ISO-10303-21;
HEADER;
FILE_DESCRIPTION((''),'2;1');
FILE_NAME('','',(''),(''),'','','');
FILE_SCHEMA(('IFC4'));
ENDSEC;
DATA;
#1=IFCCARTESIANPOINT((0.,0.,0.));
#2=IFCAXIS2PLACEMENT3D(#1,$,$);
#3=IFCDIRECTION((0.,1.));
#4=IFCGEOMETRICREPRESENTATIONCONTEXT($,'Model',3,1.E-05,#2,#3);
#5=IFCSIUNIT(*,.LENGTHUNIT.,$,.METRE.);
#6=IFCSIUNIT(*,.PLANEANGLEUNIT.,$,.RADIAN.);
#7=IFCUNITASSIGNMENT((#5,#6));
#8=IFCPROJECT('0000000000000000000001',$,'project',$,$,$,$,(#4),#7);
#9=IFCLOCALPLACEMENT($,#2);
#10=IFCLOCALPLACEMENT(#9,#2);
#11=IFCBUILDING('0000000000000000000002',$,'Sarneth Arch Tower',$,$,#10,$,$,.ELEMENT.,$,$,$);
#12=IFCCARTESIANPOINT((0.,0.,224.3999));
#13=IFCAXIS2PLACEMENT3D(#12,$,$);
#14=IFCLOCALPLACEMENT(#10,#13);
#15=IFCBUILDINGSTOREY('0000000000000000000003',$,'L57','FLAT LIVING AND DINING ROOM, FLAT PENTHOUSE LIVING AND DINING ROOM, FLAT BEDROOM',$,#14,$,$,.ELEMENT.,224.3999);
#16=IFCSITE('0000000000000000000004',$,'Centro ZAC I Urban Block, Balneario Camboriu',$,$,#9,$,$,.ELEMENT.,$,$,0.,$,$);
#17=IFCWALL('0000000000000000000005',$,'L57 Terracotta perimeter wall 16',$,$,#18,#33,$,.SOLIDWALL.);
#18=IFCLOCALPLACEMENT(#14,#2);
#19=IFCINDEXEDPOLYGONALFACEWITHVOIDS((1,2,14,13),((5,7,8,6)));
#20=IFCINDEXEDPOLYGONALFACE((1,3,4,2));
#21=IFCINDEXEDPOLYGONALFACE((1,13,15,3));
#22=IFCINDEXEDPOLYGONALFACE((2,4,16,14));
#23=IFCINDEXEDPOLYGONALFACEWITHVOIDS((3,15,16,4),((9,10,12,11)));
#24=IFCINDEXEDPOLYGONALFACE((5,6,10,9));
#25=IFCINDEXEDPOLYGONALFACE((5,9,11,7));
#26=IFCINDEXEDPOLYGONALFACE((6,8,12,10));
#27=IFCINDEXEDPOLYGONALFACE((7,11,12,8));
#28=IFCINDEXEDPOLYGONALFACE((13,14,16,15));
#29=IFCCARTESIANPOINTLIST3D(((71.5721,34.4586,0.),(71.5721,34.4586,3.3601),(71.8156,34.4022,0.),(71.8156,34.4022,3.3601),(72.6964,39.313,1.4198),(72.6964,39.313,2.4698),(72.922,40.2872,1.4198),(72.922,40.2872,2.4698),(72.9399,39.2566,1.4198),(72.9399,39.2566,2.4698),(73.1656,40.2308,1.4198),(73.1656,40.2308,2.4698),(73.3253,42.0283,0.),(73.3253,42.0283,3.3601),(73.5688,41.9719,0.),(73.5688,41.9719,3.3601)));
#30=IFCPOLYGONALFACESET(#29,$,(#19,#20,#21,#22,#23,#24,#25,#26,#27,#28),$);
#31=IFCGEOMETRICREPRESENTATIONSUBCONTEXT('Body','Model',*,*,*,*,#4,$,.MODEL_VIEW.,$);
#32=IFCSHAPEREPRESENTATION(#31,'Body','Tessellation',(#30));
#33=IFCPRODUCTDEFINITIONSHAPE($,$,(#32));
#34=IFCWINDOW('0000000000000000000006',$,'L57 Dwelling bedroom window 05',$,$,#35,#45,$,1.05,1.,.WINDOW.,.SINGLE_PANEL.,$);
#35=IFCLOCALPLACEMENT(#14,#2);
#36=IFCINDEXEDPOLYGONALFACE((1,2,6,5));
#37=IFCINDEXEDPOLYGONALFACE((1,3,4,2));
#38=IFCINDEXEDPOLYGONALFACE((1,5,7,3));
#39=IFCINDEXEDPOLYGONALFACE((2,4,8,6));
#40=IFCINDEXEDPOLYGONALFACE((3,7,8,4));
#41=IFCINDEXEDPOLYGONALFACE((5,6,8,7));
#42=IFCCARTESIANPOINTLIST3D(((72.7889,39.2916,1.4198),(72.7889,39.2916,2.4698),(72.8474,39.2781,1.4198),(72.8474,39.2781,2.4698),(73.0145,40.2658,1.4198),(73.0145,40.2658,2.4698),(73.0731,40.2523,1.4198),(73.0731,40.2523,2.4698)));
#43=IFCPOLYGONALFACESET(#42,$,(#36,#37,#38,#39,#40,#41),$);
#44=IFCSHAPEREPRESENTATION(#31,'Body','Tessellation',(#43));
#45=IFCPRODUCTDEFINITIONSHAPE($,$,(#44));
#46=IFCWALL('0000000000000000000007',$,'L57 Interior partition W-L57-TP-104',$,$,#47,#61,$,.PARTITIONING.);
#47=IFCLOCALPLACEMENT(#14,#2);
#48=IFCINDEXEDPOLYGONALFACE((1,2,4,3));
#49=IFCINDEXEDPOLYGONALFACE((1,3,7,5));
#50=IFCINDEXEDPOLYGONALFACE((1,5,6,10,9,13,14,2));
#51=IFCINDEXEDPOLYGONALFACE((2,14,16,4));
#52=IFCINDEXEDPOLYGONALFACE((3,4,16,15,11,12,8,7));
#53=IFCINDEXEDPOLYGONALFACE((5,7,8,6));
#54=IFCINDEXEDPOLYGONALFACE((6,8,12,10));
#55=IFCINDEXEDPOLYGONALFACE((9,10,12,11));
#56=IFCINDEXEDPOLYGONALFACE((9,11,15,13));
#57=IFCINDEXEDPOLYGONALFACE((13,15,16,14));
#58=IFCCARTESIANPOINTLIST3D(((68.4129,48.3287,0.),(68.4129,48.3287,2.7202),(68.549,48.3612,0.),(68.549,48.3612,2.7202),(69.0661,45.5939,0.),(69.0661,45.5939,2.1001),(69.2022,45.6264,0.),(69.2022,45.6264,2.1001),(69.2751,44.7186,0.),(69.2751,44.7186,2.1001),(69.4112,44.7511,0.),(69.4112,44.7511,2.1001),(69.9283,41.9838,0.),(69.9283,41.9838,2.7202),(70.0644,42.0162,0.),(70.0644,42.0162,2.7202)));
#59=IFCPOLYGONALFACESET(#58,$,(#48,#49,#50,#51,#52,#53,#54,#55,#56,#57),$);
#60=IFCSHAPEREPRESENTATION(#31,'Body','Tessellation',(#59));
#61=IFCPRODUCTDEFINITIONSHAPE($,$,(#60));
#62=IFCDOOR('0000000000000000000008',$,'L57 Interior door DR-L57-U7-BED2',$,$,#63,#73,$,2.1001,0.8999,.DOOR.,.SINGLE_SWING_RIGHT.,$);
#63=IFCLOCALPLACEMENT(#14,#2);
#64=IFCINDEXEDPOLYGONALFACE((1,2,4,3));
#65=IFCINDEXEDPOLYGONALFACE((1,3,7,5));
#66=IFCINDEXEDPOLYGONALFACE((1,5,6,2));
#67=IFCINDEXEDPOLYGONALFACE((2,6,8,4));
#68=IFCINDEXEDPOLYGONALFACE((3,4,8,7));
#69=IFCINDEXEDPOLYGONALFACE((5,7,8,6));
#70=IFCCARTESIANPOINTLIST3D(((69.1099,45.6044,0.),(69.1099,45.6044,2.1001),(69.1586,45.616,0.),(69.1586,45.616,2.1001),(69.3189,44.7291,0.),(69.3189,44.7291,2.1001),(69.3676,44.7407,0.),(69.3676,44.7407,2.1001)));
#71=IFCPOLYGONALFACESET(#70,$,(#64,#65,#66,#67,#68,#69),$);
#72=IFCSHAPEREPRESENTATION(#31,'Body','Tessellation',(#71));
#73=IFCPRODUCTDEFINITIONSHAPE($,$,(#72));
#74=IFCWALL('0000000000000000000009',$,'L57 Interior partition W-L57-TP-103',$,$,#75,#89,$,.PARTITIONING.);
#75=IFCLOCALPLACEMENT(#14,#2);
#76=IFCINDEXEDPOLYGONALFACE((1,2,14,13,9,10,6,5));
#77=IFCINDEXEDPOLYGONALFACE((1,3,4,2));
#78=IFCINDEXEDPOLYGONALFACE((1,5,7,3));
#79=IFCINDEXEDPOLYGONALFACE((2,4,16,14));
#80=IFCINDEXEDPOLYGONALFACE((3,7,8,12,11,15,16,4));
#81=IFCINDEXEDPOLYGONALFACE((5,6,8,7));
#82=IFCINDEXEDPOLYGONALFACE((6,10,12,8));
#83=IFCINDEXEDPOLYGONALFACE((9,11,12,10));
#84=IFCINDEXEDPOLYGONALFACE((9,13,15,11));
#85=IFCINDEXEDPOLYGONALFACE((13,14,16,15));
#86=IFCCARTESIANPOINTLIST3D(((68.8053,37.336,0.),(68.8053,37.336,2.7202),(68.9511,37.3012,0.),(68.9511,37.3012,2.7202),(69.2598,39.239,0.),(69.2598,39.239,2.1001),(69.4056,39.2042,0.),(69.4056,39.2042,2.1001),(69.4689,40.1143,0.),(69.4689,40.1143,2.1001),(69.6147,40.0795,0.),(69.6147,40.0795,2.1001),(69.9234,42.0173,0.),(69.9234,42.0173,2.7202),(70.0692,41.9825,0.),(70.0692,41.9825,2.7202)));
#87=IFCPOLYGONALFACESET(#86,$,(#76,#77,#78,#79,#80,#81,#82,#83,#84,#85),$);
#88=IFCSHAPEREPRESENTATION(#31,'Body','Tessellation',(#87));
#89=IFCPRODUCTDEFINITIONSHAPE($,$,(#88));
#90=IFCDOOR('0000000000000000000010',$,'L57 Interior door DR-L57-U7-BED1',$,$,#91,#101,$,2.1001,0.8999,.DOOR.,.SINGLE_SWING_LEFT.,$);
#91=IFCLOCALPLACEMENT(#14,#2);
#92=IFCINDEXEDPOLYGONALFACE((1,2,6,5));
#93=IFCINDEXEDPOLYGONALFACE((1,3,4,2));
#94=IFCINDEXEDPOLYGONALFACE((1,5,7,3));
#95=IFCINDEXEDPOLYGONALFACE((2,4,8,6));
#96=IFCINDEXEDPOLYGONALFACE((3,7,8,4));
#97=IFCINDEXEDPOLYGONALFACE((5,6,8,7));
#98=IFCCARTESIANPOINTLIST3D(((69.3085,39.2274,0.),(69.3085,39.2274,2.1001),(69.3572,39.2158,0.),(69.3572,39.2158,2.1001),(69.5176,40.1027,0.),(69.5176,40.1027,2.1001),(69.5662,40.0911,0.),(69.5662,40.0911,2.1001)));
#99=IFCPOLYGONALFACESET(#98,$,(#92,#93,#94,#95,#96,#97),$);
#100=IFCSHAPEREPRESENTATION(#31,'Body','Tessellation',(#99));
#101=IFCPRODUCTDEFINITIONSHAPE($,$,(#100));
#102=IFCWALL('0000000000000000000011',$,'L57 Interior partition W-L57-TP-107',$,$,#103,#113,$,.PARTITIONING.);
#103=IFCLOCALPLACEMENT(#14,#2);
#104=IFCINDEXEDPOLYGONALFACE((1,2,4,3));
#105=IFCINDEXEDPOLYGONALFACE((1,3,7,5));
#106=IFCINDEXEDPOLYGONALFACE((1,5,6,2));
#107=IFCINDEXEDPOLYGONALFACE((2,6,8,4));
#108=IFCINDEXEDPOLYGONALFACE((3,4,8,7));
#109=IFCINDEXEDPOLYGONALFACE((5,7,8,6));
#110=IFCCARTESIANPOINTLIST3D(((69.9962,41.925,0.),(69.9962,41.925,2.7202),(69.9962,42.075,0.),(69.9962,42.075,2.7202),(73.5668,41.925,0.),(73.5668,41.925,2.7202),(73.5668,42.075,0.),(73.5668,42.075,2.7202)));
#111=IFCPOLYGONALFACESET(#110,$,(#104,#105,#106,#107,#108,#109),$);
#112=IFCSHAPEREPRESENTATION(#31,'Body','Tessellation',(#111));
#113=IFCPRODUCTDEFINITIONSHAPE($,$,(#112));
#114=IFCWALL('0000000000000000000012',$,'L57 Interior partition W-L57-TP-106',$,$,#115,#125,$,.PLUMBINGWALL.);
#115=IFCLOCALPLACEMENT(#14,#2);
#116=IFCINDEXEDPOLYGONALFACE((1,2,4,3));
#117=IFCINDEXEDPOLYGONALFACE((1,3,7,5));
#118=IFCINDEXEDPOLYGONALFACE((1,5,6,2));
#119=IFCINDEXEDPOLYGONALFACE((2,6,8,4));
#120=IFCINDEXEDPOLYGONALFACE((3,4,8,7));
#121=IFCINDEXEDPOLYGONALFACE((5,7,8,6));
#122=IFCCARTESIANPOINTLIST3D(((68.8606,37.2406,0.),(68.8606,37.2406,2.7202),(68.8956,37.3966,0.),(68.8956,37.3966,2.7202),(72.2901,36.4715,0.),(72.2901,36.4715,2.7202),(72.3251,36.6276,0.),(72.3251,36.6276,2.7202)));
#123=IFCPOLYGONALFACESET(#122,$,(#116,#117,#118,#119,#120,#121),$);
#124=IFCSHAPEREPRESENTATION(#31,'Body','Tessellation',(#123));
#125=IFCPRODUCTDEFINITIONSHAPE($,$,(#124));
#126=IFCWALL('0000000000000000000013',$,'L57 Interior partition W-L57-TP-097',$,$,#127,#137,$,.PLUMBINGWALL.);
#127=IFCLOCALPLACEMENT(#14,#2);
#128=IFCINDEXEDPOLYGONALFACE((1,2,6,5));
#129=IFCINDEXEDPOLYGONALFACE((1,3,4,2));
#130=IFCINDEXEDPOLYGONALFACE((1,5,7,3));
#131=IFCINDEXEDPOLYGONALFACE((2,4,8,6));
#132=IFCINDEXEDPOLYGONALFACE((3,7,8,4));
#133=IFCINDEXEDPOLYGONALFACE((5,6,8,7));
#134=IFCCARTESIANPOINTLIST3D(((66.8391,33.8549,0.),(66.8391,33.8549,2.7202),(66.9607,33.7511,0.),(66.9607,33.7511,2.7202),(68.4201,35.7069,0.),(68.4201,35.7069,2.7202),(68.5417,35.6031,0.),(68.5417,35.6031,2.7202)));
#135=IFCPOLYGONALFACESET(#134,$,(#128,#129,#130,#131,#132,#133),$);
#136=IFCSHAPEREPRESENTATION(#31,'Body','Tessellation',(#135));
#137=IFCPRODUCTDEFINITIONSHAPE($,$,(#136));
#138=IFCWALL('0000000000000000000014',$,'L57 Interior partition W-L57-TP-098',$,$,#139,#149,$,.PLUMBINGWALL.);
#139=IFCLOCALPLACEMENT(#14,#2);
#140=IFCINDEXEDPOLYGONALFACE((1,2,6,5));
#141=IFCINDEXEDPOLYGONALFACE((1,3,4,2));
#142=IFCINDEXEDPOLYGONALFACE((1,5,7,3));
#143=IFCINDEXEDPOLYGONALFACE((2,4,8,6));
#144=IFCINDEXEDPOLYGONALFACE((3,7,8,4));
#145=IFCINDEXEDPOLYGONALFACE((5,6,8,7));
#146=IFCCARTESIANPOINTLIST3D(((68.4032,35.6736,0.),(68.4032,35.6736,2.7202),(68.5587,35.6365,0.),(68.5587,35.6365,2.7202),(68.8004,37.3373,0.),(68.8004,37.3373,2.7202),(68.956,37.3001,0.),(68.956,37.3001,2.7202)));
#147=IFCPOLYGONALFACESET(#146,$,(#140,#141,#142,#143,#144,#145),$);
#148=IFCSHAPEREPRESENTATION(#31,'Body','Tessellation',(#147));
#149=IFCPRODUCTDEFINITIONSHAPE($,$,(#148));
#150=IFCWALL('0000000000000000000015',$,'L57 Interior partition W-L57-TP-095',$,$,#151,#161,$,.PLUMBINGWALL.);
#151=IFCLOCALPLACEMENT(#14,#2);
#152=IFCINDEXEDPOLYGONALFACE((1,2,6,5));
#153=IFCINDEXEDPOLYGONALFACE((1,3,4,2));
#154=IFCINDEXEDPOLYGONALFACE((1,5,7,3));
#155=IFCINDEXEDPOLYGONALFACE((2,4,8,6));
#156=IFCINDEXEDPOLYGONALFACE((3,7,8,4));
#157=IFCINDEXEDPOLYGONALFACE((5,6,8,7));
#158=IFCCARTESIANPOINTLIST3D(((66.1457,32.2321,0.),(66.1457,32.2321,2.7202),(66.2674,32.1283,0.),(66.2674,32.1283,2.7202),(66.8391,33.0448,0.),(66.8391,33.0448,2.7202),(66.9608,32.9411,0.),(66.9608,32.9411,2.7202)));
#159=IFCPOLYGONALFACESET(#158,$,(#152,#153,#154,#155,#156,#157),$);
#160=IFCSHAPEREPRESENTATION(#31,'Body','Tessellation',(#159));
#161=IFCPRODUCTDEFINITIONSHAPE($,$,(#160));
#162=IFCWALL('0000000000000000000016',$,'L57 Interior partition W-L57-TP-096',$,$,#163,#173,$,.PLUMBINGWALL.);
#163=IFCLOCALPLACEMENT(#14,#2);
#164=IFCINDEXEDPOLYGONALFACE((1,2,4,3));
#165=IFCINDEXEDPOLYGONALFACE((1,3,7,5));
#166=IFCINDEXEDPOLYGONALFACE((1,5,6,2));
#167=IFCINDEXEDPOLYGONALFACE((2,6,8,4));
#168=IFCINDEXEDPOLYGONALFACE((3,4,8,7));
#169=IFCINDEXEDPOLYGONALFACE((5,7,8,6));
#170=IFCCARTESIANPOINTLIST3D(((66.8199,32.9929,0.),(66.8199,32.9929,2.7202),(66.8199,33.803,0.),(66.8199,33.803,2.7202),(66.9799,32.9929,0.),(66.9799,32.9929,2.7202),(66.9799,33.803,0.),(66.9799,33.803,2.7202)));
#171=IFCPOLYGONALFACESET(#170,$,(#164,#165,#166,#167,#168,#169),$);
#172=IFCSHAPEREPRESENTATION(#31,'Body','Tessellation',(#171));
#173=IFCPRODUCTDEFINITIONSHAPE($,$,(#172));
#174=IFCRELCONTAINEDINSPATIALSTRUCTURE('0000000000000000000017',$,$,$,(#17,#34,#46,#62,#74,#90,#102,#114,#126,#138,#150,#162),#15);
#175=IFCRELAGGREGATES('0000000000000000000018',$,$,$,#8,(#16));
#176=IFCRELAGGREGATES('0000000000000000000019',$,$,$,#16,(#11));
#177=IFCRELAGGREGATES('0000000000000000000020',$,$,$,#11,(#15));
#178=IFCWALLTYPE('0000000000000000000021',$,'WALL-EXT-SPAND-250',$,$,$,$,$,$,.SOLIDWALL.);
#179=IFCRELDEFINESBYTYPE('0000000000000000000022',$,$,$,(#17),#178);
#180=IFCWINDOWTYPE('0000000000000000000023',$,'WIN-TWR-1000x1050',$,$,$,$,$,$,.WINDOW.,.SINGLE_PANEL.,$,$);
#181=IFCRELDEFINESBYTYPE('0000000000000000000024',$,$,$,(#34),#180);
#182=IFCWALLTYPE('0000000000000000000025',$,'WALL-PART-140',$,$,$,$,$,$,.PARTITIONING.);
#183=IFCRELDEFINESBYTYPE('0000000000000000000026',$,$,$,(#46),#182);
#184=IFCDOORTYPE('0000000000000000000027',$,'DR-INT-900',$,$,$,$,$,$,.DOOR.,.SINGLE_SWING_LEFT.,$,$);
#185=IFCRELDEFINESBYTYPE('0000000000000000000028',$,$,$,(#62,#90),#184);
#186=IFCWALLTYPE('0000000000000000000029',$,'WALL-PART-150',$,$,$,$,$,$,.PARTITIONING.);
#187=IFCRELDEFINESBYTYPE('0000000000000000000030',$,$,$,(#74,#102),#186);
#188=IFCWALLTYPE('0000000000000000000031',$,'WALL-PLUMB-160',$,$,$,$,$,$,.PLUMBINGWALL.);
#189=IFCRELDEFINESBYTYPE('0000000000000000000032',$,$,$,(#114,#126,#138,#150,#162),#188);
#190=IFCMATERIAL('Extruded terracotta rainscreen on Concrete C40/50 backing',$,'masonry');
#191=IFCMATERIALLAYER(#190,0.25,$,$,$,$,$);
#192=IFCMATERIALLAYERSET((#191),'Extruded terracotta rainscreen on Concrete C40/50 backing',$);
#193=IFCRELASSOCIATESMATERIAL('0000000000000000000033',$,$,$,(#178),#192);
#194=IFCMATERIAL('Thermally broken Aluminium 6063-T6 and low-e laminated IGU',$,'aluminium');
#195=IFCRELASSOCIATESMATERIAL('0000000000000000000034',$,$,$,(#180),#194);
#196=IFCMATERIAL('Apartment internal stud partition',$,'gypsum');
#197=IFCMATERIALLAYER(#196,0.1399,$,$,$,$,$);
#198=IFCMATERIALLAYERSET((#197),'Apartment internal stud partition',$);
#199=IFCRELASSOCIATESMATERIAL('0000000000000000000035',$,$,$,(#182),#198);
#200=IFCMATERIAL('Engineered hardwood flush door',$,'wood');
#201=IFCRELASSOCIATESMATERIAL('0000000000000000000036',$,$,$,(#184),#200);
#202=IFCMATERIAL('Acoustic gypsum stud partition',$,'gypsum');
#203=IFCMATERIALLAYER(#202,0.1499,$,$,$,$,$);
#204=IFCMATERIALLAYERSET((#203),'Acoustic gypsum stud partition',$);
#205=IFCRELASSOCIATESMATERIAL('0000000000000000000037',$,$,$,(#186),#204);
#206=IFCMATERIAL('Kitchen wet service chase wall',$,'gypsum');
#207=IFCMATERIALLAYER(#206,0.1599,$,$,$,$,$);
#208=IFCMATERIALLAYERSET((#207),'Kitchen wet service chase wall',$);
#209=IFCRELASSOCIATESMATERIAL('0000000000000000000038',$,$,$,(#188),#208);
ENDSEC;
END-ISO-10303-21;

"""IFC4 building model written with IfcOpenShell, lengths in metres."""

from ifc_helpers import new_model, si_unit, direction, frame, frame_2d, origin, place, context, subcontext, project, spatial, rectangle, extrude, material, layer, layer_set, type_object, element, fill, save


model = new_model("IFC4")

# Units and contexts
model_context = context("Model", 3, precision=1e-05, world=origin(), true_north=direction((0.0, 1.0)))
body_context = subcontext(model_context, "Body", "Model", "MODEL_VIEW")
ifc_project = project(units=[si_unit("LENGTHUNIT", "METRE"), si_unit("PLANEANGLEUNIT", "RADIAN")], contexts=[model_context])

# Site, building, storey
site_placement = place(None, origin())
site = spatial("IfcSite", under=ifc_project, at=site_placement, Name="Centro ZAC I Urban Block, Balneario Camboriu", CompositionType="ELEMENT", RefElevation=0.0)
building_placement = place(site_placement, origin())
building = spatial("IfcBuilding", under=site, at=building_placement, Name="Sarneth Arch Tower", CompositionType="ELEMENT")
storey_placement = place(building_placement, frame((0.0, 0.0, 224.3999)))
storey = spatial("IfcBuildingStorey", under=building, at=storey_placement, Name="L57", Description="FLAT LIVING AND DINING ROOM, FLAT PENTHOUSE LIVING AND DINING ROOM, FLAT BEDROOM", CompositionType="ELEMENT", Elevation=224.3999)

# Wall, opening, window
ifc_material_1 = material(Name="Extruded terracotta rainscreen on Concrete C40/50 backing", Category="masonry")
ifc_layer_1 = layer(ifc_material_1, 0.25)
ifc_layer_set_1 = layer_set([ifc_layer_1], Name="Extruded terracotta rainscreen on Concrete C40/50 backing")
wall_type_1 = type_object("IfcWallType", Name="WALL-EXT-SPAND-250", PredefinedType="SOLIDWALL", material=ifc_layer_set_1)
wall_1_placement = place(storey_placement, frame((71.6938, 34.4304, 0.0), z_axis=(0.0, 0.0, 1.0), x_axis=(0.225635, 0.974212, 0.0)))
wall_1 = element("IfcWall", 1, at=wall_1_placement, inside=storey, type_object=wall_type_1, Name="L57 Terracotta perimeter wall 16", PredefinedType="SOLIDWALL", context=body_context, shape_type="SweptSolid", body=[
    extrude(rectangle(XDim=7.77, YDim=0.25, at=frame_2d((3.885, 0.0))), origin(), (0.0, 0.0, 1.0), 3.3601),
])
opening_1_placement = place(wall_1_placement, frame((4.9829, 0.0, 1.4199)))
opening_1 = element("IfcOpeningElement", 2, at=opening_1_placement, cuts=wall_1, PredefinedType="OPENING", context=body_context, shape_type="SweptSolid", body=[
    extrude(rectangle(XDim=1.0, YDim=1.05, at=frame_2d((0.5, 0.5249))), frame((0.0, 0.135, 0.0), z_axis=(0.0, -1.0, 0.0), x_axis=(1.0, 0.0, 0.0)), (0.0, 0.0, 1.0), 0.27),
])
ifc_material_2 = material(Name="Thermally broken Aluminium 6063-T6 and low-e laminated IGU", Category="aluminium")
window_type = type_object("IfcWindowType", Name="WIN-TWR-1000x1050", PartitioningType="SINGLE_PANEL", PredefinedType="WINDOW", material=ifc_material_2)
window_placement = place(opening_1_placement, origin())
window = element("IfcWindow", 3, at=window_placement, inside=storey, type_object=window_type, Name="L57 Dwelling bedroom window 05", OverallHeight=1.05, OverallWidth=1.0, PartitioningType="SINGLE_PANEL", PredefinedType="WINDOW", context=body_context, shape_type="SweptSolid", body=[
    extrude(rectangle(XDim=1.0, YDim=1.05, at=frame_2d((0.5, 0.5249))), frame((0.0, 0.03, 0.0), z_axis=(0.0, -1.0, 0.0), x_axis=(1.0, 0.0, 0.0)), (0.0, 0.0, 1.0), 0.0601),
])
fill(opening_1, window)

# Walls, openings, doors
ifc_material_3 = material(Name="Apartment internal stud partition", Category="gypsum")
ifc_layer_2 = layer(ifc_material_3, 0.1399)
ifc_layer_set_2 = layer_set([ifc_layer_2], Name="Apartment internal stud partition")
wall_type_2 = type_object("IfcWallType", Name="WALL-PART-140", PredefinedType="PARTITIONING", material=ifc_layer_set_2)
wall_2_placement = place(storey_placement, frame((69.9963, 42.0, 0.0), z_axis=(0.0, 0.0, 1.0), x_axis=(-0.232298, 0.972645, 0.0)))
wall_2 = element("IfcWall", 4, at=wall_2_placement, inside=storey, type_object=wall_type_2, Name="L57 Interior partition W-L57-TP-104", PredefinedType="PARTITIONING", context=body_context, shape_type="SweptSolid", body=[
    extrude(rectangle(XDim=6.5234, YDim=0.1399, at=frame_2d((3.2617, 0.0))), origin(), (0.0, 0.0, 1.0), 2.7202),
])
opening_2_placement = place(wall_2_placement, frame((2.8118, 0.0, 0.0)))
opening_2 = element("IfcOpeningElement", 5, at=opening_2_placement, cuts=wall_2, PredefinedType="OPENING", context=body_context, shape_type="SweptSolid", body=[
    extrude(rectangle(XDim=0.8999, YDim=2.1001, at=frame_2d((0.45, 1.05))), frame((0.0, 0.0798, 0.0), z_axis=(0.0, -1.0, 0.0), x_axis=(1.0, 0.0, 0.0)), (0.0, 0.0, 1.0), 0.1599),
])
ifc_material_4 = material(Name="Engineered hardwood flush door", Category="wood")
door_type_1 = type_object("IfcDoorType", Name="DR-INT-900", OperationType="SINGLE_SWING_LEFT", PredefinedType="DOOR", material=ifc_material_4)
door_1_placement = place(opening_2_placement, origin())
door_1 = element("IfcDoor", 6, at=door_1_placement, inside=storey, type_object=door_type_1, Name="L57 Interior door DR-L57-U7-BED2", OperationType="SINGLE_SWING_RIGHT", OverallHeight=2.1001, OverallWidth=0.8999, PredefinedType="DOOR", context=body_context, shape_type="SweptSolid", body=[
    extrude(rectangle(XDim=0.8999, YDim=2.1001, at=frame_2d((0.45, 1.05))), frame((0.0, 0.0249, 0.0), z_axis=(0.0, -1.0, 0.0), x_axis=(1.0, 0.0, 0.0)), (0.0, 0.0, 1.0), 0.05),
])
fill(opening_2, door_1)
ifc_material_5 = material(Name="Acoustic gypsum stud partition", Category="gypsum")
ifc_layer_3 = layer(ifc_material_5, 0.1499)
ifc_layer_set_3 = layer_set([ifc_layer_3], Name="Acoustic gypsum stud partition")
wall_type_3 = type_object("IfcWallType", Name="WALL-PART-150", PredefinedType="PARTITIONING", material=ifc_layer_set_3)
wall_3_placement = place(storey_placement, frame((68.8782, 37.3186, 0.0), z_axis=(0.0, 0.0, 1.0), x_axis=(0.232318, 0.97264, 0.0)))
wall_3 = element("IfcWall", 7, at=wall_3_placement, inside=storey, type_object=wall_type_3, Name="L57 Interior partition W-L57-TP-103", PredefinedType="PARTITIONING", context=body_context, shape_type="SweptSolid", body=[
    extrude(rectangle(XDim=4.813, YDim=0.1499, at=frame_2d((2.4065, 0.0))), origin(), (0.0, 0.0, 1.0), 2.7202),
])
opening_3_placement = place(wall_3_placement, frame((1.9565, 0.0, 0.0)))
opening_3 = element("IfcOpeningElement", 8, at=opening_3_placement, cuts=wall_3, PredefinedType="OPENING", context=body_context, shape_type="SweptSolid", body=[
    extrude(rectangle(XDim=0.8999, YDim=2.1001, at=frame_2d((0.45, 1.05))), frame((0.0, 0.085, 0.0), z_axis=(0.0, -1.0, 0.0), x_axis=(1.0, 0.0, 0.0)), (0.0, 0.0, 1.0), 0.1699),
])
door_2_placement = place(opening_3_placement, origin())
door_2 = element("IfcDoor", 9, at=door_2_placement, inside=storey, type_object=door_type_1, Name="L57 Interior door DR-L57-U7-BED1", OperationType="SINGLE_SWING_LEFT", OverallHeight=2.1001, OverallWidth=0.8999, PredefinedType="DOOR", context=body_context, shape_type="SweptSolid", body=[
    extrude(rectangle(XDim=0.8999, YDim=2.1001, at=frame_2d((0.45, 1.05))), frame((0.0, 0.0249, 0.0), z_axis=(0.0, -1.0, 0.0), x_axis=(1.0, 0.0, 0.0)), (0.0, 0.0, 1.0), 0.05),
])
fill(opening_3, door_2)

# Walls
wall_4_placement = place(storey_placement, frame((69.9963, 42.0, 0.0), z_axis=(0.0, 0.0, 1.0), x_axis=(1.0, 0.0, 0.0)))
element("IfcWall", 10, at=wall_4_placement, inside=storey, type_object=wall_type_3, Name="L57 Interior partition W-L57-TP-107", PredefinedType="PARTITIONING", context=body_context, shape_type="SweptSolid", body=[
    extrude(rectangle(XDim=3.5706, YDim=0.1499, at=frame_2d((1.7852, 0.0))), origin(), (0.0, 0.0, 1.0), 2.7202),
])
ifc_material_6 = material(Name="Kitchen wet service chase wall", Category="gypsum")
ifc_layer_4 = layer(ifc_material_6, 0.1599)
ifc_layer_set_4 = layer_set([ifc_layer_4], Name="Kitchen wet service chase wall")
wall_type_4 = type_object("IfcWallType", Name="WALL-PLUMB-160", PredefinedType="PLUMBINGWALL", material=ifc_layer_set_4)
wall_5_placement = place(storey_placement, frame((72.3076, 36.5496, 0.0), z_axis=(0.0, 0.0, 1.0), x_axis=(-0.975767, 0.218813, 0.0)))
element("IfcWall", 11, at=wall_5_placement, inside=storey, type_object=wall_type_4, Name="L57 Interior partition W-L57-TP-106", PredefinedType="PLUMBINGWALL", context=body_context, shape_type="SweptSolid", body=[
    extrude(rectangle(XDim=3.5146, YDim=0.1599, at=frame_2d((1.7573, 0.0))), origin(), (0.0, 0.0, 1.0), 2.7202),
])
wall_6_placement = place(storey_placement, frame((66.8999, 33.803, 0.0), z_axis=(0.0, 0.0, 1.0), x_axis=(0.649271, 0.760557, 0.0)))
element("IfcWall", 12, at=wall_6_placement, inside=storey, type_object=wall_type_4, Name="L57 Interior partition W-L57-TP-097", PredefinedType="PLUMBINGWALL", context=body_context, shape_type="SweptSolid", body=[
    extrude(rectangle(XDim=2.4351, YDim=0.1599, at=frame_2d((1.2175, 0.0))), origin(), (0.0, 0.0, 1.0), 2.7202),
])
wall_7_placement = place(storey_placement, frame((68.481, 35.655, 0.0), z_axis=(0.0, 0.0, 1.0), x_axis=(0.232244, 0.972657, 0.0)))
element("IfcWall", 13, at=wall_7_placement, inside=storey, type_object=wall_type_4, Name="L57 Interior partition W-L57-TP-098", PredefinedType="PLUMBINGWALL", context=body_context, shape_type="SweptSolid", body=[
    extrude(rectangle(XDim=1.7104, YDim=0.1599, at=frame_2d((0.8552, 0.0))), origin(), (0.0, 0.0, 1.0), 2.7202),
])
wall_8_placement = place(storey_placement, frame((66.2065, 32.1802, 0.0), z_axis=(0.0, 0.0, 1.0), x_axis=(0.649021, 0.760771, 0.0)))
element("IfcWall", 14, at=wall_8_placement, inside=storey, type_object=wall_type_4, Name="L57 Interior partition W-L57-TP-095", PredefinedType="PLUMBINGWALL", context=body_context, shape_type="SweptSolid", body=[
    extrude(rectangle(XDim=1.0684, YDim=0.1599, at=frame_2d((0.5342, 0.0))), origin(), (0.0, 0.0, 1.0), 2.7202),
])
wall_9_placement = place(storey_placement, frame((66.8999, 32.9929, 0.0), z_axis=(0.0, 0.0, 1.0), x_axis=(0.0, 1.0, 0.0)))
element("IfcWall", 15, at=wall_9_placement, inside=storey, type_object=wall_type_4, Name="L57 Interior partition W-L57-TP-096", PredefinedType="PLUMBINGWALL", context=body_context, shape_type="SweptSolid", body=[
    extrude(rectangle(XDim=0.8101, YDim=0.1599, at=frame_2d((0.405, 0.0))), origin(), (0.0, 0.0, 1.0), 2.7202),
])

save(model, "model.ifc")
